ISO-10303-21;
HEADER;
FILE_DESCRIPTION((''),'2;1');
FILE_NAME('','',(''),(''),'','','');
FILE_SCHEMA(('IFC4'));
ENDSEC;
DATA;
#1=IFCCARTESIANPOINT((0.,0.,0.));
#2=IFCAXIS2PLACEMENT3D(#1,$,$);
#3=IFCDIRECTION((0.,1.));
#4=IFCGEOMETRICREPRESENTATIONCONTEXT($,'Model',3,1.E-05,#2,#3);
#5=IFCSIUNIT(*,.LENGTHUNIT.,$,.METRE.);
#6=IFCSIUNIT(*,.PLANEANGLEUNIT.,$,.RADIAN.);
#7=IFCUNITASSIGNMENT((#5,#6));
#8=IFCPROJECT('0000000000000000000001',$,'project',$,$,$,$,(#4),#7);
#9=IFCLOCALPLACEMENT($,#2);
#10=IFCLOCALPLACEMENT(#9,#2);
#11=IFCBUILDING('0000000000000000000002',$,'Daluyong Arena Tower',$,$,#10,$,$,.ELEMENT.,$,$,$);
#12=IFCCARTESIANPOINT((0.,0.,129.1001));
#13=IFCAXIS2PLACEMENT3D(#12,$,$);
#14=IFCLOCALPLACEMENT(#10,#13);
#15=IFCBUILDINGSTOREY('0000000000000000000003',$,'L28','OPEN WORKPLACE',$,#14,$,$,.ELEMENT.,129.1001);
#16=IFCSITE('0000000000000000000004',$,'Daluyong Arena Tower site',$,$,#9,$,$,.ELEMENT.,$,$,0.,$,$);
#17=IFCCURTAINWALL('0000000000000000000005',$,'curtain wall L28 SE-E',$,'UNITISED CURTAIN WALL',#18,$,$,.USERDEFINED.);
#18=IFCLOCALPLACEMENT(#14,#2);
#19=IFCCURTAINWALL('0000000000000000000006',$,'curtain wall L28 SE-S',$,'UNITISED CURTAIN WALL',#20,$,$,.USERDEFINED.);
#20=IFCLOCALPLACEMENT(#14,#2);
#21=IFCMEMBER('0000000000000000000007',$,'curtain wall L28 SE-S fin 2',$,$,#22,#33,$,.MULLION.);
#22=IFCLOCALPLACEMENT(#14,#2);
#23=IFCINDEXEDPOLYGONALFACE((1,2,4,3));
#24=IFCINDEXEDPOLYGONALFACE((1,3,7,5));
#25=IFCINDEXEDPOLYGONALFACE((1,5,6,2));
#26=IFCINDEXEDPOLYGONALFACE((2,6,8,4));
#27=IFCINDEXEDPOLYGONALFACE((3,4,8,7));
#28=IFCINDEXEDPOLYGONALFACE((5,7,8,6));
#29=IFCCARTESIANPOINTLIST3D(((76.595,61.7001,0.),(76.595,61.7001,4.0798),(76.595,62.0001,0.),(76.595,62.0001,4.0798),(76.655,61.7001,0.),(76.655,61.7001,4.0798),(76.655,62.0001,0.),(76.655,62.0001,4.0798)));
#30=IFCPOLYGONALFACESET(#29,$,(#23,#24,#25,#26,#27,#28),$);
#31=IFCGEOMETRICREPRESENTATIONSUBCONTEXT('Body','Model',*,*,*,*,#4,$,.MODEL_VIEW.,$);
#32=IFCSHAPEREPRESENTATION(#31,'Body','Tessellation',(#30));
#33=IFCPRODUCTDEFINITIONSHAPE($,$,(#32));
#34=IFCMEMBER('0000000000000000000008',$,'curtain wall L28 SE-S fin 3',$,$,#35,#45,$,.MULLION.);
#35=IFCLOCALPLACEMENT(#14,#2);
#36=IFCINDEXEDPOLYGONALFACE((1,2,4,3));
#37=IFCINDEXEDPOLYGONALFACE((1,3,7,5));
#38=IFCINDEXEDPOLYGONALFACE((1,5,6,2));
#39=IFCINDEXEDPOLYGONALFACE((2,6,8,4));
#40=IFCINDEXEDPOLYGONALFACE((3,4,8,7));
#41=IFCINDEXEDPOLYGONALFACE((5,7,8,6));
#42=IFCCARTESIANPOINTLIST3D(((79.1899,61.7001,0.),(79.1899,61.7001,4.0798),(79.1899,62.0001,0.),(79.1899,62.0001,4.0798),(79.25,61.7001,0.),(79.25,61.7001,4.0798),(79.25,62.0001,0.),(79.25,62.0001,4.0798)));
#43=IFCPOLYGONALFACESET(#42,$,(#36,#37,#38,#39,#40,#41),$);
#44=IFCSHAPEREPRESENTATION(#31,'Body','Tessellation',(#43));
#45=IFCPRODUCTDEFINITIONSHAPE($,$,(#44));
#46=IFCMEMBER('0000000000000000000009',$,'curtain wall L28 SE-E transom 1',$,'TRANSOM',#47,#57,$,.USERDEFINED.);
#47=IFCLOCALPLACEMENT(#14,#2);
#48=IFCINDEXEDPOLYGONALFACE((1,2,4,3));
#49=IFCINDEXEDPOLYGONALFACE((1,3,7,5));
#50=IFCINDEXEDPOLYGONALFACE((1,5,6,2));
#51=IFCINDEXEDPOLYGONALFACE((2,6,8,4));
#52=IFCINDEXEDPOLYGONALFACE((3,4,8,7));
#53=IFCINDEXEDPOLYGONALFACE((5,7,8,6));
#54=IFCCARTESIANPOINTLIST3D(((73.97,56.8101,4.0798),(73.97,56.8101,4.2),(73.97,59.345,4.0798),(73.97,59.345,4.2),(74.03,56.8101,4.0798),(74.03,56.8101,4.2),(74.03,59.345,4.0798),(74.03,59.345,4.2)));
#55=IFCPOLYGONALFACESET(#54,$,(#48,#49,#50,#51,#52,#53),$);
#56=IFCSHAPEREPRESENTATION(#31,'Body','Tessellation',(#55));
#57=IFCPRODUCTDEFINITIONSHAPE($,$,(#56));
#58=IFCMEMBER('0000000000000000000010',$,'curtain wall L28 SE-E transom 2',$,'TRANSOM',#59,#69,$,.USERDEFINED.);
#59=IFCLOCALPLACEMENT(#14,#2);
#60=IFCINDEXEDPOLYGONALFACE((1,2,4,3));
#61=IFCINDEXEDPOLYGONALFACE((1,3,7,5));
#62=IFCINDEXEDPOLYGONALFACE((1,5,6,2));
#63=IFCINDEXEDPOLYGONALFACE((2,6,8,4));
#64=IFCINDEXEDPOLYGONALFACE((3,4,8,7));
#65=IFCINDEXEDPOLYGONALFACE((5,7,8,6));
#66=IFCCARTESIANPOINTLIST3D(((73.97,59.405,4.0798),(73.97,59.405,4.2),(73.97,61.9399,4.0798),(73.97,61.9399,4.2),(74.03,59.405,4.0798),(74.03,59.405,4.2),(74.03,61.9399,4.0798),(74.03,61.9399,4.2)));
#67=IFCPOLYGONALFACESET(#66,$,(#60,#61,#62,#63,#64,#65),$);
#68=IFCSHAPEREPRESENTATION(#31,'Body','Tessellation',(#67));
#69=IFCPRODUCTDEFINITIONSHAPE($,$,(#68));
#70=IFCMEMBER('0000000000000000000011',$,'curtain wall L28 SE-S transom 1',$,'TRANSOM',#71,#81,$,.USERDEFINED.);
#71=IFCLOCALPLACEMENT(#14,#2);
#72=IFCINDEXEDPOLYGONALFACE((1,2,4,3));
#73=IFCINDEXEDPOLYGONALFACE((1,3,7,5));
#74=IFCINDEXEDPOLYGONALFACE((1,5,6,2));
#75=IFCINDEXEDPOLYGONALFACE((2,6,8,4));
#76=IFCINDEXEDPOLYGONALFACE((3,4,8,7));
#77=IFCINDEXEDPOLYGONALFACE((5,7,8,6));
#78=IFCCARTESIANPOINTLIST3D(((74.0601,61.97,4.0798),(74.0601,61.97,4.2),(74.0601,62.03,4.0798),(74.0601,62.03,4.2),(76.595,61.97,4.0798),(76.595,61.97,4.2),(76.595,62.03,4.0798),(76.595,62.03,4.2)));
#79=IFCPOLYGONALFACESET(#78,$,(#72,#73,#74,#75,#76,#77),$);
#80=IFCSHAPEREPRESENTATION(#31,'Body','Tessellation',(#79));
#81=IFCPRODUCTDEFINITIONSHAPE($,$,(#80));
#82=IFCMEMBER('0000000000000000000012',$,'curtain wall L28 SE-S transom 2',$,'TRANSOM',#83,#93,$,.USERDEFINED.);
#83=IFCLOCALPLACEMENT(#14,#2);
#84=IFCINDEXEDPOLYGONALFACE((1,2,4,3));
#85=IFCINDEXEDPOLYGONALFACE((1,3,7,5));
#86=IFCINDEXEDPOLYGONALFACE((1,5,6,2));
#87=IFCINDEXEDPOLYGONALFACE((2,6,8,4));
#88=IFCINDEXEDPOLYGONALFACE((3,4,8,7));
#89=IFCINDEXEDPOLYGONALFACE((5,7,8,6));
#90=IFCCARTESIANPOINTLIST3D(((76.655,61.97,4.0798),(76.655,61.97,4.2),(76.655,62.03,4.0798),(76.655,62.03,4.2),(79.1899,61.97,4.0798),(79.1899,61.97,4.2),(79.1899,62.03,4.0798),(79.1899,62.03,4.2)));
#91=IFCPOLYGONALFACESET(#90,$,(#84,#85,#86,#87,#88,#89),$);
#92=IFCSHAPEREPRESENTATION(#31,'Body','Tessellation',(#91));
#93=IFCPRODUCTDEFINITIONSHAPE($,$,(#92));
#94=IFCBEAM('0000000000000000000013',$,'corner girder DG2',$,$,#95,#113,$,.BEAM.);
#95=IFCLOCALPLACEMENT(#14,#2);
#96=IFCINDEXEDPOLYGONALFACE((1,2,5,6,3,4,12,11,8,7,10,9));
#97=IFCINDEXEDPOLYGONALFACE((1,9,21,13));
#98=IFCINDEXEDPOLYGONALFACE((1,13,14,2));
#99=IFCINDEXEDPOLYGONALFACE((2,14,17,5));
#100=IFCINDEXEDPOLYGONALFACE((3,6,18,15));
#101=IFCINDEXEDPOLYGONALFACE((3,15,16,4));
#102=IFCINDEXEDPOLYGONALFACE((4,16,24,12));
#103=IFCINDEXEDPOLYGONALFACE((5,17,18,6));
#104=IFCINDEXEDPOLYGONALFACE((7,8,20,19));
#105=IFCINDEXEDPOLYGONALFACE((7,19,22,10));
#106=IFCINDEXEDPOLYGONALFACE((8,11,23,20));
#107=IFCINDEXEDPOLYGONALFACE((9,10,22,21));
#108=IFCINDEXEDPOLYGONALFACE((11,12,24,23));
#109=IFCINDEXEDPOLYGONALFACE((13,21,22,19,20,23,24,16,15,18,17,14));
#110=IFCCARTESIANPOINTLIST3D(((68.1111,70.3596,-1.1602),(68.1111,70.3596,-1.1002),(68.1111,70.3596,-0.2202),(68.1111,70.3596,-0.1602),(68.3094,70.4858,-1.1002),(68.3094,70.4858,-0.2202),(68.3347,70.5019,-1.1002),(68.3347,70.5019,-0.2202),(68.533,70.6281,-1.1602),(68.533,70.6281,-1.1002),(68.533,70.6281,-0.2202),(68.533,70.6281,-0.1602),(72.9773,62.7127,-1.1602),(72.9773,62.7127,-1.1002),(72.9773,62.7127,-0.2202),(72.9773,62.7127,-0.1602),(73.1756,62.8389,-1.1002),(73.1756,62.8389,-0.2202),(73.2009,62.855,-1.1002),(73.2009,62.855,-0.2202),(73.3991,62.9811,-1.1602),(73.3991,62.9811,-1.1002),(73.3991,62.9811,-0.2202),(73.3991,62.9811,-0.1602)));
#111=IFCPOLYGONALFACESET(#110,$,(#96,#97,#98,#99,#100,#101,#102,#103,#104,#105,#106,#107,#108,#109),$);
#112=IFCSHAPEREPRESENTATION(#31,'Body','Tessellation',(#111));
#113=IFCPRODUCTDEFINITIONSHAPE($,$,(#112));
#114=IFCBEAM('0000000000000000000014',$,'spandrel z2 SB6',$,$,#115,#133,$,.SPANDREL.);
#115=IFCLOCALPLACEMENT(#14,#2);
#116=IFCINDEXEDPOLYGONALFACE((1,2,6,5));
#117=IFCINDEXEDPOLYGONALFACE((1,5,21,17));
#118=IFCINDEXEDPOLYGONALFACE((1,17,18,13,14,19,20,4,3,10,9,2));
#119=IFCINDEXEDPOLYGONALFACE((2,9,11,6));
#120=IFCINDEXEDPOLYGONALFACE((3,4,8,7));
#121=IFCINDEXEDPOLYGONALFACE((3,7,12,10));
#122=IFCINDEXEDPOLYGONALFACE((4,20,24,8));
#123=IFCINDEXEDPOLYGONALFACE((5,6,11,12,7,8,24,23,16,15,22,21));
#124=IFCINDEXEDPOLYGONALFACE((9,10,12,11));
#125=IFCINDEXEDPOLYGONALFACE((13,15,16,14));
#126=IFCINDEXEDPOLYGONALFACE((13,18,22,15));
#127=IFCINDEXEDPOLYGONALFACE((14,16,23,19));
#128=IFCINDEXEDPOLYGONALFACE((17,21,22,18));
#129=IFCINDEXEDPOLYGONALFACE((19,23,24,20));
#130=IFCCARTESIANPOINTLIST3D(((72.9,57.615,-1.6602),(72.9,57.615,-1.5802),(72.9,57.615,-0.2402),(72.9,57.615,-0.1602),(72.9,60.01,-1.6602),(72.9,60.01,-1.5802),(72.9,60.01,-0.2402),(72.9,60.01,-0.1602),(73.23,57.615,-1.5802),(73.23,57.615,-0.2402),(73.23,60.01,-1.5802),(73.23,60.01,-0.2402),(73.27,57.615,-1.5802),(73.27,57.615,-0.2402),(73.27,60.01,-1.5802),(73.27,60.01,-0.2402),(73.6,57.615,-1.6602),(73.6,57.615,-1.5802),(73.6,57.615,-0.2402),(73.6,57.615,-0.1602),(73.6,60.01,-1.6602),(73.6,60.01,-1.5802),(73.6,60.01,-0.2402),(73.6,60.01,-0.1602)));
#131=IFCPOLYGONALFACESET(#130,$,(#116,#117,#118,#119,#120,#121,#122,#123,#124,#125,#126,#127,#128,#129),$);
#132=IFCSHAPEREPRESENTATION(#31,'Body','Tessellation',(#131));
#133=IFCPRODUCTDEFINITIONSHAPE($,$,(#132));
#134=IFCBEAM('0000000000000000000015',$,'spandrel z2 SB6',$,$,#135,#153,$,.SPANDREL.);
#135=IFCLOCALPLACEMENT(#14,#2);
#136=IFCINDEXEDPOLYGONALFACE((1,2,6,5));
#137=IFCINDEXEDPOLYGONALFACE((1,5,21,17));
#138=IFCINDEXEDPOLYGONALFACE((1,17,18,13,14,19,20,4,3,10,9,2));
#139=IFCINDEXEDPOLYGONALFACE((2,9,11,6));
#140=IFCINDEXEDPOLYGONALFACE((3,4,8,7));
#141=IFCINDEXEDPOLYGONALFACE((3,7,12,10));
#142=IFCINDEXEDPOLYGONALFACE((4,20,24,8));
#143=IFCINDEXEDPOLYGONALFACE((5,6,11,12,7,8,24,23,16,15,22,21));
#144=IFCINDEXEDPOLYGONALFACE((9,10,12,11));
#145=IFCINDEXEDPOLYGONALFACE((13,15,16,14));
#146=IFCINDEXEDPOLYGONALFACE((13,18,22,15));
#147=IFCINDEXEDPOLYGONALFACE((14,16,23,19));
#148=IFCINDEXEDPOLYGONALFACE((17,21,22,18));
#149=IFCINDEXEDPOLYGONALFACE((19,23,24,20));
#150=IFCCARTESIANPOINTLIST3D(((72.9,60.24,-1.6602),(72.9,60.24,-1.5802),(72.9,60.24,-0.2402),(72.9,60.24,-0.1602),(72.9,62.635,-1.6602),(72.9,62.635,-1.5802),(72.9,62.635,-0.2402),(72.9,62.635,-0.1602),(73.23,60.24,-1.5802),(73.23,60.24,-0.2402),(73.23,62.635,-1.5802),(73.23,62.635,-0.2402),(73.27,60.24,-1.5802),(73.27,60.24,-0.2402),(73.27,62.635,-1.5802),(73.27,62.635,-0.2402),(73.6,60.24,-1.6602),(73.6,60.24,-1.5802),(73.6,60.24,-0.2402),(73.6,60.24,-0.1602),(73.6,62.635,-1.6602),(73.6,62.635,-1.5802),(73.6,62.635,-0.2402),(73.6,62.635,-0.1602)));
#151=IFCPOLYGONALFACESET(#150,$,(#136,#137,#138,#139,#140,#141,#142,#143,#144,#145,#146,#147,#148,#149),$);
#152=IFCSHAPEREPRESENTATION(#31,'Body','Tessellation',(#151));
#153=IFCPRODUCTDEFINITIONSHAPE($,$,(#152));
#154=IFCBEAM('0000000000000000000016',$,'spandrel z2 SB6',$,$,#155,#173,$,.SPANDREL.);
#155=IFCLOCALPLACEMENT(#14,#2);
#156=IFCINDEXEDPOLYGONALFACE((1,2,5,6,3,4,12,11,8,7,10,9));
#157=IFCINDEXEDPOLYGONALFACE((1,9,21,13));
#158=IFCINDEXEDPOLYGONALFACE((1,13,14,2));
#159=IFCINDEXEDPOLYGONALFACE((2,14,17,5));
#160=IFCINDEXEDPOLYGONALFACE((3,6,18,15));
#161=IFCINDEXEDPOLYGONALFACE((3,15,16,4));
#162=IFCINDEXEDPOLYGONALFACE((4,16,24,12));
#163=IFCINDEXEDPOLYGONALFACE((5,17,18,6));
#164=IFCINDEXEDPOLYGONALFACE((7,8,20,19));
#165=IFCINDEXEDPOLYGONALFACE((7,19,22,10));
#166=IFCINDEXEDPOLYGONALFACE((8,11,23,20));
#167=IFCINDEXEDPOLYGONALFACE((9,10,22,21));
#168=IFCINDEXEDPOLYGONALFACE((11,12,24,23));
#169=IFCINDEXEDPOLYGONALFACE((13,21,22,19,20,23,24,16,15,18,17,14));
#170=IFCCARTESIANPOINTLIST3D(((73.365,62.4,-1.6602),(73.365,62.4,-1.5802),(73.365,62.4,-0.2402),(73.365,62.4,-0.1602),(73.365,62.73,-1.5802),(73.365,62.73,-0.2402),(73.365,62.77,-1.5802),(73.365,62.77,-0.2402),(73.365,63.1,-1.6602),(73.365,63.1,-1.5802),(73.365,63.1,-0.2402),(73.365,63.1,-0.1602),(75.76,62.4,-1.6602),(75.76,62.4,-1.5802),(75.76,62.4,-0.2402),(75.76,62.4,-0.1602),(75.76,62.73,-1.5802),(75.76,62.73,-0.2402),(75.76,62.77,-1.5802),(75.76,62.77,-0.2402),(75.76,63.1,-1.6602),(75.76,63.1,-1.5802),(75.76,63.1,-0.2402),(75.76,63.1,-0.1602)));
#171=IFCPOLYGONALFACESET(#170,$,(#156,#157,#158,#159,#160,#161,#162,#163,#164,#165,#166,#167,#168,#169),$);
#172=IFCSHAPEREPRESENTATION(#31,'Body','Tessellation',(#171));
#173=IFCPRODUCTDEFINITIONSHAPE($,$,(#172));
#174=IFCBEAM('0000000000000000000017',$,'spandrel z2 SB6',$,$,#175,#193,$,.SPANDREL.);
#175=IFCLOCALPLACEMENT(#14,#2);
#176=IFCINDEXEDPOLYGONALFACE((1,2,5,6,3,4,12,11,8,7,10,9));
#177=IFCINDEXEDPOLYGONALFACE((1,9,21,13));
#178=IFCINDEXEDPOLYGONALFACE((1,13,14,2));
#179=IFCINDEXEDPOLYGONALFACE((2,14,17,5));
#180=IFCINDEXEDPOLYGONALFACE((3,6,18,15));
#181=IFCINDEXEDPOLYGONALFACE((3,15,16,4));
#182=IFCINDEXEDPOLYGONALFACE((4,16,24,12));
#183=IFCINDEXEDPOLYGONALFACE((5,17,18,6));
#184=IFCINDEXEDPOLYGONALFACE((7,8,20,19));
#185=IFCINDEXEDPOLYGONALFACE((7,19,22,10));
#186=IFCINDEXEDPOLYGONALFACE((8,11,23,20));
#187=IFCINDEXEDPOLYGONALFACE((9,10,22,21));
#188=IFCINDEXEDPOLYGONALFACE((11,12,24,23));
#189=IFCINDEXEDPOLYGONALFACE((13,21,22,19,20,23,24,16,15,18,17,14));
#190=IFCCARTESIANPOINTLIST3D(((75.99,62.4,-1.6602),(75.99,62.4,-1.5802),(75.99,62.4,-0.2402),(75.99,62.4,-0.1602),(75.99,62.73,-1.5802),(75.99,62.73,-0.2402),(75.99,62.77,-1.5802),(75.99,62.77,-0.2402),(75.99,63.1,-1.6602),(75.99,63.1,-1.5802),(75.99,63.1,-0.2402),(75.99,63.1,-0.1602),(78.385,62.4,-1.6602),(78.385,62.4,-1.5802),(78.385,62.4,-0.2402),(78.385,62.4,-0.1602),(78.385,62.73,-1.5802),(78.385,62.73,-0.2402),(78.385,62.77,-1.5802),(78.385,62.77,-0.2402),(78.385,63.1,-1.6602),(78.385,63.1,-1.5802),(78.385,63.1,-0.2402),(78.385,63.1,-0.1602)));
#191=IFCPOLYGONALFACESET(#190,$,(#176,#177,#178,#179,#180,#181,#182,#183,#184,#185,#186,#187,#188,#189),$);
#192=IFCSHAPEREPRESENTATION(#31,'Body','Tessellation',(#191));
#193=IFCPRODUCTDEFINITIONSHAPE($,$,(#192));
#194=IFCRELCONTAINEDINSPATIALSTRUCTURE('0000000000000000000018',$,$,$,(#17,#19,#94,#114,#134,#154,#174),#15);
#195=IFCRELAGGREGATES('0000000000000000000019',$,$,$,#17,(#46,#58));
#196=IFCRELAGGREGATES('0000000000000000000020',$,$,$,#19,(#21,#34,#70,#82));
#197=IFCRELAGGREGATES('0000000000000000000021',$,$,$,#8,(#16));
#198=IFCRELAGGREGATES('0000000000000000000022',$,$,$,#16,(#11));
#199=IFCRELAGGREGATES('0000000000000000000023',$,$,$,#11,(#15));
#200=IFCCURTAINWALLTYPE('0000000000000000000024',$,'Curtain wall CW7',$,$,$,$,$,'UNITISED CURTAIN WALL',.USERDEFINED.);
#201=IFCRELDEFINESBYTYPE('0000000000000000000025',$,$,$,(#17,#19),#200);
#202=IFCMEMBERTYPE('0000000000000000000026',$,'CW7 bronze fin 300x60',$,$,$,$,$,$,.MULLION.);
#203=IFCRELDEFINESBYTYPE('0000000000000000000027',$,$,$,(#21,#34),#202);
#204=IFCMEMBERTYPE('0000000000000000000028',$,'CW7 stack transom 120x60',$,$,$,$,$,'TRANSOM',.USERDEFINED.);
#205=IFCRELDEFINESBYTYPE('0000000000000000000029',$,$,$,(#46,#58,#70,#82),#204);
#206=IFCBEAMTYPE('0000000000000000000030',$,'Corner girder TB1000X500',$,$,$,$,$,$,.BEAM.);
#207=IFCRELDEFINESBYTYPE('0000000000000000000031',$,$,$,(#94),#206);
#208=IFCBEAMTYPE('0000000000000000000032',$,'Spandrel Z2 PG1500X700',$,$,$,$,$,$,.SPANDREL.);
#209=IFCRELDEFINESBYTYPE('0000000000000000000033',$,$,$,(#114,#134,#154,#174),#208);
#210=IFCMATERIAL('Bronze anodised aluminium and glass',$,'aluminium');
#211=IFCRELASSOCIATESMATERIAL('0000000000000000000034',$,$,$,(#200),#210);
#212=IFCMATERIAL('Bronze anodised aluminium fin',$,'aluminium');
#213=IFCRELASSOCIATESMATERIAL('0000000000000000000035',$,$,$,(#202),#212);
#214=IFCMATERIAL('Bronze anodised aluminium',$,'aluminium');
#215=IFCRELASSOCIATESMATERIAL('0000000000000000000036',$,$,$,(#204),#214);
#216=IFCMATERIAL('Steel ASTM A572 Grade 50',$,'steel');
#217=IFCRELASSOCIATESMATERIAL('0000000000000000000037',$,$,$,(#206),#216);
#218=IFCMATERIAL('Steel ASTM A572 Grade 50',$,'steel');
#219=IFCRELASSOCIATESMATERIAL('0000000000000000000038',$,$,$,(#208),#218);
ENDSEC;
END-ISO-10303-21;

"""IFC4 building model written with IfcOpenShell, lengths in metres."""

from ifc_helpers import new_model, si_unit, direction, frame, origin, origin_2d, place, context, subcontext, project, spatial, rectangle, i_section, extrude, material, material_profile, profile_set, type_object, element, aggregate, save


model = new_model("IFC4")

# Units and contexts
model_context = context("Model", 3, precision=1e-05, world=origin(), true_north=direction((0.0, 1.0)))
body_context = subcontext(model_context, "Body", "Model", "MODEL_VIEW")
ifc_project = project(units=[si_unit("LENGTHUNIT", "METRE"), si_unit("PLANEANGLEUNIT", "RADIAN")], contexts=[model_context])

# Site, building, storey
site_placement = place(None, origin())
site = spatial("IfcSite", under=ifc_project, at=site_placement, Name="Daluyong Arena Tower site", CompositionType="ELEMENT", RefElevation=0.0)
building_placement = place(site_placement, origin())
building = spatial("IfcBuilding", under=site, at=building_placement, Name="Daluyong Arena Tower", CompositionType="ELEMENT")
storey_placement = place(building_placement, frame((0.0, 0.0, 129.1001)))
storey = spatial("IfcBuildingStorey", under=building, at=storey_placement, Name="L28", Description="OPEN WORKPLACE", CompositionType="ELEMENT", Elevation=129.1001)

# Curtain walls, members
ifc_material_1 = material(Name="Bronze anodised aluminium and glass", Category="aluminium")
curtain_wall_type_1 = type_object("IfcCurtainWallType", Name="Curtain wall CW7", ElementType="UNITISED CURTAIN WALL", PredefinedType="USERDEFINED", material=ifc_material_1)
curtain_wall_1_placement = place(storey_placement, origin())
curtain_wall_1 = element("IfcCurtainWall", 1, at=curtain_wall_1_placement, inside=storey, type_object=curtain_wall_type_1, Name="curtain wall L28 SE-E", ObjectType="UNITISED CURTAIN WALL", PredefinedType="USERDEFINED")
ifc_material_2 = material(Name="Bronze anodised aluminium fin", Category="aluminium")
ifc_material_profile_1 = material_profile(ifc_material_2, rectangle(XDim=0.3, YDim=0.0601, at=origin_2d()))
ifc_profile_set_1 = profile_set([ifc_material_profile_1], Name="Bronze anodised aluminium fin")
member_type_1 = type_object("IfcMemberType", Name="CW7 bronze fin 300x60", PredefinedType="MULLION", material=ifc_profile_set_1)
curtain_wall_2_placement = place(storey_placement, origin())
curtain_wall_2 = element("IfcCurtainWall", 2, at=curtain_wall_2_placement, inside=storey, type_object=curtain_wall_type_1, Name="curtain wall L28 SE-S", ObjectType="UNITISED CURTAIN WALL", PredefinedType="USERDEFINED")
member_1_placement = place(storey_placement, frame((76.625, 61.8501, 0.0), z_axis=(0.0, 0.0, 1.0), x_axis=(0.0, 1.0, 0.0)))
member_1 = element("IfcMember", 3, at=member_1_placement, type_object=member_type_1, Name="curtain wall L28 SE-S fin 2", PredefinedType="MULLION", context=body_context, shape_type="SweptSolid", body=[
    extrude(rectangle(XDim=0.3, YDim=0.0601, at=origin_2d()), origin(), (0.0, 0.0, 1.0), 4.0798),
])
member_2_placement = place(storey_placement, frame((79.22, 61.8501, 0.0), z_axis=(0.0, 0.0, 1.0), x_axis=(0.0, 1.0, 0.0)))
member_2 = element("IfcMember", 4, at=member_2_placement, type_object=member_type_1, Name="curtain wall L28 SE-S fin 3", PredefinedType="MULLION", context=body_context, shape_type="SweptSolid", body=[
    extrude(rectangle(XDim=0.3, YDim=0.0601, at=origin_2d()), origin(), (0.0, 0.0, 1.0), 4.0798),
])

# Members
ifc_material_3 = material(Name="Bronze anodised aluminium", Category="aluminium")
ifc_material_profile_2 = material_profile(ifc_material_3, rectangle(XDim=0.0601, YDim=0.1201, at=origin_2d()))
ifc_profile_set_2 = profile_set([ifc_material_profile_2], Name="Bronze anodised aluminium")
member_type_2 = type_object("IfcMemberType", Name="CW7 stack transom 120x60", ElementType="TRANSOM", PredefinedType="USERDEFINED", material=ifc_profile_set_2)
member_3_placement = place(storey_placement, frame((74.0, 56.8101, 4.1399), z_axis=(0.0, 1.0, 0.0), x_axis=(-1.0, 0.0, 0.0)))
member_3 = element("IfcMember", 5, at=member_3_placement, type_object=member_type_2, Name="curtain wall L28 SE-E transom 1", ObjectType="TRANSOM", PredefinedType="USERDEFINED", context=body_context, shape_type="SweptSolid", body=[
    extrude(rectangle(XDim=0.0601, YDim=0.1201, at=origin_2d()), origin(), (0.0, 0.0, 1.0), 2.5349),
])
member_4_placement = place(storey_placement, frame((74.0, 59.405, 4.1399), z_axis=(0.0, 1.0, 0.0), x_axis=(-1.0, 0.0, 0.0)))
member_4 = element("IfcMember", 6, at=member_4_placement, type_object=member_type_2, Name="curtain wall L28 SE-E transom 2", ObjectType="TRANSOM", PredefinedType="USERDEFINED", context=body_context, shape_type="SweptSolid", body=[
    extrude(rectangle(XDim=0.0601, YDim=0.1201, at=origin_2d()), origin(), (0.0, 0.0, 1.0), 2.5349),
])
member_5_placement = place(storey_placement, frame((74.0601, 62.0, 4.1399), z_axis=(1.0, 0.0, 0.0), x_axis=(0.0, 1.0, 0.0)))
member_5 = element("IfcMember", 7, at=member_5_placement, type_object=member_type_2, Name="curtain wall L28 SE-S transom 1", ObjectType="TRANSOM", PredefinedType="USERDEFINED", context=body_context, shape_type="SweptSolid", body=[
    extrude(rectangle(XDim=0.0601, YDim=0.1201, at=origin_2d()), origin(), (0.0, 0.0, 1.0), 2.5349),
])
member_6_placement = place(storey_placement, frame((76.655, 62.0, 4.1399), z_axis=(1.0, 0.0, 0.0), x_axis=(0.0, 1.0, 0.0)))
member_6 = element("IfcMember", 8, at=member_6_placement, type_object=member_type_2, Name="curtain wall L28 SE-S transom 2", ObjectType="TRANSOM", PredefinedType="USERDEFINED", context=body_context, shape_type="SweptSolid", body=[
    extrude(rectangle(XDim=0.0601, YDim=0.1201, at=origin_2d()), origin(), (0.0, 0.0, 1.0), 2.5349),
])

# Beams
ifc_material_4 = material(Name="Steel ASTM A572 Grade 50", Category="steel")
ifc_material_profile_3 = material_profile(ifc_material_4, i_section(OverallWidth=0.5, OverallDepth=1.0, WebThickness=0.03, FlangeThickness=0.06, at=origin_2d()))
ifc_profile_set_3 = profile_set([ifc_material_profile_3], Name="Steel ASTM A572 Grade 50")
beam_type_1 = type_object("IfcBeamType", Name="Corner girder TB1000X500", PredefinedType="BEAM", material=ifc_profile_set_3)
beam_1_placement = place(storey_placement, frame((73.1882, 62.8469, -0.6602), z_axis=(-0.536872, 0.843664, 0.0), x_axis=(-0.843664, -0.536872, 0.0)))
element("IfcBeam", 9, at=beam_1_placement, inside=storey, type_object=beam_type_1, Name="corner girder DG2", PredefinedType="BEAM", context=body_context, shape_type="SweptSolid", body=[
    extrude(i_section(OverallWidth=0.5, OverallDepth=1.0, WebThickness=0.03, FlangeThickness=0.06, at=origin_2d()), origin(), (0.0, 0.0, 1.0), 9.064),
])
ifc_material_5 = material(Name="Steel ASTM A572 Grade 50", Category="steel")
ifc_material_profile_4 = material_profile(ifc_material_5, i_section(OverallWidth=0.7, OverallDepth=1.5, WebThickness=0.04, FlangeThickness=0.08, at=origin_2d()))
ifc_profile_set_4 = profile_set([ifc_material_profile_4], Name="Steel ASTM A572 Grade 50")
beam_type_2 = type_object("IfcBeamType", Name="Spandrel Z2 PG1500X700", PredefinedType="SPANDREL", material=ifc_profile_set_4)
for number, where, z_axis, x_axis, name in (
    (10, (73.25, 57.615, -0.9102), (0.0, 1.0, 0.0), (-1.0, 0.0, 0.0), "spandrel z2 SB6"),
    (11, (73.25, 60.24, -0.9102), (0.0, 1.0, 0.0), (-1.0, 0.0, 0.0), "spandrel z2 SB6"),
    (12, (73.365, 62.75, -0.9102), (1.0, 0.0, 0.0), (0.0, 1.0, 0.0), "spandrel z2 SB6"),
    (13, (75.99, 62.75, -0.9102), (1.0, 0.0, 0.0), (0.0, 1.0, 0.0), "spandrel z2 SB6"),
):
    element("IfcBeam", number, at=place(storey_placement, frame(where, z_axis=z_axis, x_axis=x_axis)), inside=storey, type_object=beam_type_2, Name=name, PredefinedType="SPANDREL", context=body_context, shape_type="SweptSolid", body=[
        extrude(i_section(OverallWidth=0.7, OverallDepth=1.5, WebThickness=0.04, FlangeThickness=0.08, at=origin_2d()), origin(), (0.0, 0.0, 1.0), 2.395),
    ])

aggregate(curtain_wall_1, [member_3, member_4])
aggregate(curtain_wall_2, [member_1, member_2, member_5, member_6])

save(model, "model.ifc")
